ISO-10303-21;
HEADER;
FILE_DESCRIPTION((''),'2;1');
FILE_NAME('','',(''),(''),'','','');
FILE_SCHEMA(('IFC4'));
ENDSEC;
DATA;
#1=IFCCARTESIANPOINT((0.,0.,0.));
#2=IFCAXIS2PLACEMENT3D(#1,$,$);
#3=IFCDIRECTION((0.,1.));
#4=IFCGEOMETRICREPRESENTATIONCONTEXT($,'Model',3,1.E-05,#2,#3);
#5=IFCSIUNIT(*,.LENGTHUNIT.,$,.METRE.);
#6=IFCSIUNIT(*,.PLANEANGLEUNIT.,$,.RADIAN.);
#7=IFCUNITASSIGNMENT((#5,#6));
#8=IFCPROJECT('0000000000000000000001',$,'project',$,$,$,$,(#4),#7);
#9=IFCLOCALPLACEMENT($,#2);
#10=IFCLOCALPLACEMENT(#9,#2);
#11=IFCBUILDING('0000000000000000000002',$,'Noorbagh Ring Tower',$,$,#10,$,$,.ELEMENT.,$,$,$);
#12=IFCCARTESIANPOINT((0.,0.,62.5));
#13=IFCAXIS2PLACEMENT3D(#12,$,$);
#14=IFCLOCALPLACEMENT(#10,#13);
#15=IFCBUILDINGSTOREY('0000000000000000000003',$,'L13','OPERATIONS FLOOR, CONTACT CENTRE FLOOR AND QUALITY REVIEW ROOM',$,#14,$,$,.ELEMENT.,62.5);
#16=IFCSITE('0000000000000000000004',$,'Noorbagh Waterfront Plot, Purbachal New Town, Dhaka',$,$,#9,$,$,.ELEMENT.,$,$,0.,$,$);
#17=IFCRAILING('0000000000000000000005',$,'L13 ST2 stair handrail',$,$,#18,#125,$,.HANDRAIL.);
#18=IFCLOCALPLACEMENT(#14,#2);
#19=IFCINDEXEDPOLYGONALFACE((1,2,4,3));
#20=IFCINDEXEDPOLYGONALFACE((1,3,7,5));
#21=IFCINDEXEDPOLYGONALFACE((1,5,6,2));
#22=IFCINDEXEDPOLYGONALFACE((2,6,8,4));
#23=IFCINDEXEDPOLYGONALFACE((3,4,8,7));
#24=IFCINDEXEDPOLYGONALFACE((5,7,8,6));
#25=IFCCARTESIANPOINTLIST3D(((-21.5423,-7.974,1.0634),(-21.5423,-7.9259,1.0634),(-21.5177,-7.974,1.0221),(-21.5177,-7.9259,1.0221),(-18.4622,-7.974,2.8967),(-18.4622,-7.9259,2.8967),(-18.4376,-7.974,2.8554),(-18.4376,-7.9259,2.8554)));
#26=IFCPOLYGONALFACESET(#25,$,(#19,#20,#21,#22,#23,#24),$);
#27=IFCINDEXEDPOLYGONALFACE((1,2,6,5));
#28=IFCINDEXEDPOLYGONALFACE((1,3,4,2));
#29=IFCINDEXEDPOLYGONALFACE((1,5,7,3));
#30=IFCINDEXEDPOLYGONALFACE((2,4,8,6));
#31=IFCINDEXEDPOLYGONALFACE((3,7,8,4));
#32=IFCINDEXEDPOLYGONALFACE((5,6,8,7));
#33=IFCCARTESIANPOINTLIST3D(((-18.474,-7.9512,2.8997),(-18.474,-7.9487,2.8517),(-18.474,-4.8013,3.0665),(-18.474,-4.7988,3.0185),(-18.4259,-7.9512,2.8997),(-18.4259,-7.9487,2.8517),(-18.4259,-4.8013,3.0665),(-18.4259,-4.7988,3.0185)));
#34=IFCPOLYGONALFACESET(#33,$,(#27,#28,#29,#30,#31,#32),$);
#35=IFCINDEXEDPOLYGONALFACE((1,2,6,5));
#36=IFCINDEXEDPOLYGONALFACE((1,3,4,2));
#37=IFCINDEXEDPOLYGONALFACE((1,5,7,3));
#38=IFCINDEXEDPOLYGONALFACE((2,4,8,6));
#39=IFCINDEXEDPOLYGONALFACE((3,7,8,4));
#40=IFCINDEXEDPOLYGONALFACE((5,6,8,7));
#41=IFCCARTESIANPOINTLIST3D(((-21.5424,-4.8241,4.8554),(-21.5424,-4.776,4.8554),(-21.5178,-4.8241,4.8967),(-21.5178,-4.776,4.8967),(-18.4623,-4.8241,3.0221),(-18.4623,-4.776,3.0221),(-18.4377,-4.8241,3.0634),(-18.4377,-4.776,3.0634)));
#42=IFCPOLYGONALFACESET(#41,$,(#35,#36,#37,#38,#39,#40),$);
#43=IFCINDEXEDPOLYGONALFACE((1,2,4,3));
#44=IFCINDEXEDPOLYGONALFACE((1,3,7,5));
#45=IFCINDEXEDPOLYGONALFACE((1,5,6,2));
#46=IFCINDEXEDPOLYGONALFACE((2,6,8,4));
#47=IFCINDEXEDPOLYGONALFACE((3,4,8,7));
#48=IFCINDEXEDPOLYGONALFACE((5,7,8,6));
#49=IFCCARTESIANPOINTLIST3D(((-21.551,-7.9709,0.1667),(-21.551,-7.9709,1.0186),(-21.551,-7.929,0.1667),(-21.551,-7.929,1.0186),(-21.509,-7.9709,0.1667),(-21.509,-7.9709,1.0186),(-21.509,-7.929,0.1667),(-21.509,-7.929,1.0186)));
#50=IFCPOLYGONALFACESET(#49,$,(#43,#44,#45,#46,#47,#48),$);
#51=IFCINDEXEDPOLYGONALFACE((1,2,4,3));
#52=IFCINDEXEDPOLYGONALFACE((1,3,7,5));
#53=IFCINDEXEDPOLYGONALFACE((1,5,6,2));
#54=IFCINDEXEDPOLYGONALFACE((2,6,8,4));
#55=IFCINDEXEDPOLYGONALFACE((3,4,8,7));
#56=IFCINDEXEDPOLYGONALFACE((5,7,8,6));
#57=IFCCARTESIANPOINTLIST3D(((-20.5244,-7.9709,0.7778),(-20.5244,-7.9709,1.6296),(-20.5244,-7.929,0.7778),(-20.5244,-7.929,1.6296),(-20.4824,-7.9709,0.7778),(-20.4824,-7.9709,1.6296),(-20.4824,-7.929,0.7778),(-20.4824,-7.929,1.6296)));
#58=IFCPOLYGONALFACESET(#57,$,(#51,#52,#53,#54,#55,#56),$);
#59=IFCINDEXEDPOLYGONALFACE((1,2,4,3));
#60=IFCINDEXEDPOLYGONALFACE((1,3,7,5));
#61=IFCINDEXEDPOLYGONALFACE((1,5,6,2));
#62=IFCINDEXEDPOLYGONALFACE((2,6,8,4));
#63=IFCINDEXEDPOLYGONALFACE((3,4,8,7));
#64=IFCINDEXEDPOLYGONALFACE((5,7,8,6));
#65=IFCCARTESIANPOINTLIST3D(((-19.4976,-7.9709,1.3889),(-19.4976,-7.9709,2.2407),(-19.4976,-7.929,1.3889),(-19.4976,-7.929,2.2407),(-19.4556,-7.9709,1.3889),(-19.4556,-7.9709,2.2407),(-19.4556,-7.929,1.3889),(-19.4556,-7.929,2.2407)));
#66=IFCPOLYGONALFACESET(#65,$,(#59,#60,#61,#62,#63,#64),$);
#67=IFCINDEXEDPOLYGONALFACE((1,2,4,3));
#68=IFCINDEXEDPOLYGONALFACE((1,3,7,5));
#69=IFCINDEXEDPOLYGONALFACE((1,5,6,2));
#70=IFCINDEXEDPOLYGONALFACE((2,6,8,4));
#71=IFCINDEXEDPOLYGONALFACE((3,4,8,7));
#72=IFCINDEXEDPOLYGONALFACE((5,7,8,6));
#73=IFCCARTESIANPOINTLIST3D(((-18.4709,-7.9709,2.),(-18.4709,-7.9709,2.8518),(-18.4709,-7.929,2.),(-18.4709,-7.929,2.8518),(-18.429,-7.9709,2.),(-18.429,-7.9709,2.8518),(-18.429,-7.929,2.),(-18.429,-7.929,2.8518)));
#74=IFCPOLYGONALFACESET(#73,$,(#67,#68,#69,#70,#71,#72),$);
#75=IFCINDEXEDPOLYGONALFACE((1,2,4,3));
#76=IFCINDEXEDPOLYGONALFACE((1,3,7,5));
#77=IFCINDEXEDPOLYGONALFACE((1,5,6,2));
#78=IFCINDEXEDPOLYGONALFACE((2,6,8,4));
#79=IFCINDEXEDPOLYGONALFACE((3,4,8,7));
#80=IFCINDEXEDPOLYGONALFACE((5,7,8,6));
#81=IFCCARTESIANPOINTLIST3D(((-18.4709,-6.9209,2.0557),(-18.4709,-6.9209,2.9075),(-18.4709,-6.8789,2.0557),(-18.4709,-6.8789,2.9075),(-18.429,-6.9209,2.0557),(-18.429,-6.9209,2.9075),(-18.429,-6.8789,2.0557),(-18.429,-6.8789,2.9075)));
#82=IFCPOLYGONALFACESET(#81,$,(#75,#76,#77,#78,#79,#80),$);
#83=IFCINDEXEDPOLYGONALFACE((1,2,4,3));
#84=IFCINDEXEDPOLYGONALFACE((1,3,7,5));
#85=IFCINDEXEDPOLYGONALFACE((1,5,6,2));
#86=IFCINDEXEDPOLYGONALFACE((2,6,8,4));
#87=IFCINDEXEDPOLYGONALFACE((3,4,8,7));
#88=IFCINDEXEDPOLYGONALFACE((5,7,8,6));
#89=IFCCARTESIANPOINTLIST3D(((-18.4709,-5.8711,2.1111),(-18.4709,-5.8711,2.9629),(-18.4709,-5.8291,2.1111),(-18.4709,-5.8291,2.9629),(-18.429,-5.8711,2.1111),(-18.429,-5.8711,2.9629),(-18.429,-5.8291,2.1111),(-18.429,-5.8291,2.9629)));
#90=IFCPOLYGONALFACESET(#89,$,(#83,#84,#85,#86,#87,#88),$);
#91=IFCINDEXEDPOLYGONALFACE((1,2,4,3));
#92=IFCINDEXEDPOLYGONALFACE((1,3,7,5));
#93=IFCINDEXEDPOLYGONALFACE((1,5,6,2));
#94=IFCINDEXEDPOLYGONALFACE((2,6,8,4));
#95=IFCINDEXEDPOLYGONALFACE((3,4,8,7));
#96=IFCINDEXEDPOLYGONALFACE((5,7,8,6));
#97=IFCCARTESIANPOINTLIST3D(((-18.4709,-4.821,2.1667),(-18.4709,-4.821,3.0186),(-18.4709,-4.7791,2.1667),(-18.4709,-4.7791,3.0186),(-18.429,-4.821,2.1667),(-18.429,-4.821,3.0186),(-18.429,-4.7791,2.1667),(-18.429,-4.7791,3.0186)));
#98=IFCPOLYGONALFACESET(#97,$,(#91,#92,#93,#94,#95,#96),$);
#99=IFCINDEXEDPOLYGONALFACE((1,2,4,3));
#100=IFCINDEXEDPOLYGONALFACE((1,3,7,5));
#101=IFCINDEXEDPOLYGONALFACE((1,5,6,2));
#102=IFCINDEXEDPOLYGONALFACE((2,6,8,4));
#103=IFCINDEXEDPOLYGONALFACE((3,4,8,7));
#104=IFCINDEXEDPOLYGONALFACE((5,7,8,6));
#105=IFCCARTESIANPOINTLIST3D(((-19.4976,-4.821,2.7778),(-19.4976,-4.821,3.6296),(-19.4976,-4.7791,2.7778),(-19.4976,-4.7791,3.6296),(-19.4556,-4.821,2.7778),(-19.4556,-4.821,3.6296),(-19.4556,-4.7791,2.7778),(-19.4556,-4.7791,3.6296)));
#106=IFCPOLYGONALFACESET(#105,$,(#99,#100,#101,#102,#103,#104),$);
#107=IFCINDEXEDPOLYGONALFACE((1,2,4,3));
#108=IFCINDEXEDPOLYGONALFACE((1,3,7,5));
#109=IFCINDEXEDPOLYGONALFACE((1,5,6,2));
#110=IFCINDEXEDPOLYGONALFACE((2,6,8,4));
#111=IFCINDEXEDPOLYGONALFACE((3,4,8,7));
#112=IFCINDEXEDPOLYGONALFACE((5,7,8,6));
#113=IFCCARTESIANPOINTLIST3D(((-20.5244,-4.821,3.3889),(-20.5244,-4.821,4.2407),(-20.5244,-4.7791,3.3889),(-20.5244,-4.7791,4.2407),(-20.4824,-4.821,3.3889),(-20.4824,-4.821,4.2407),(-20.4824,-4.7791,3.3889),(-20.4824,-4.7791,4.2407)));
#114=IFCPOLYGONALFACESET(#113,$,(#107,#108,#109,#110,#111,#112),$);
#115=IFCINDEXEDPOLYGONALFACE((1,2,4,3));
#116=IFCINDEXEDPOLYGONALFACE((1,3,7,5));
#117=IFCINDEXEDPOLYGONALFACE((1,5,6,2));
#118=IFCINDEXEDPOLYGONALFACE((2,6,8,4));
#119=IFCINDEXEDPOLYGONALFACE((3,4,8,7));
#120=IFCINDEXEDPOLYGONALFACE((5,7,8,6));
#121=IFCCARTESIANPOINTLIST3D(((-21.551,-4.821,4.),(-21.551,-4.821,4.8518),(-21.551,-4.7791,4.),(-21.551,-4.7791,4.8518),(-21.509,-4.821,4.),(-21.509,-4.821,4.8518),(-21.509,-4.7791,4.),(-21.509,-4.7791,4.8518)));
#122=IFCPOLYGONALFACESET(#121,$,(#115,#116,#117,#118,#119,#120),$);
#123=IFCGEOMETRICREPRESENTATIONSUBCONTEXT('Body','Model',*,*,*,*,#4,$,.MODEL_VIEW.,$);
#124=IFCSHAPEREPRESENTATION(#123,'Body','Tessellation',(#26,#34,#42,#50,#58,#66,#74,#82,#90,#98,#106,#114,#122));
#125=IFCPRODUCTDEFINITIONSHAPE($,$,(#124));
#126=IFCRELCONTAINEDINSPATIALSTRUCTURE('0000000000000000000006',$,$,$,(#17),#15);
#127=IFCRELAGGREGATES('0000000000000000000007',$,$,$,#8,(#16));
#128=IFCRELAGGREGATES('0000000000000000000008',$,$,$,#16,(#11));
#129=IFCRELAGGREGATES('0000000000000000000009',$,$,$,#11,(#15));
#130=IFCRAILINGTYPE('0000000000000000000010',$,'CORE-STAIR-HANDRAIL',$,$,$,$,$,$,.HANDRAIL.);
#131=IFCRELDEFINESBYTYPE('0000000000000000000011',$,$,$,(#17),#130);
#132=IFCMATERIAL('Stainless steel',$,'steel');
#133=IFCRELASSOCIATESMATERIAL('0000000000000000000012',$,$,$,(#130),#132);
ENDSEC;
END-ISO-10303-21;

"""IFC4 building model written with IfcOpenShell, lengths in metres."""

from ifc_helpers import new_model, si_unit, direction, frame, origin, origin_2d, place, context, subcontext, project, spatial, rectangle, extrude, material, type_object, element, save


model = new_model("IFC4")

# Units and contexts
model_context = context("Model", 3, precision=1e-05, world=origin(), true_north=direction((0.0, 1.0)))
body_context = subcontext(model_context, "Body", "Model", "MODEL_VIEW")
ifc_project = project(units=[si_unit("LENGTHUNIT", "METRE"), si_unit("PLANEANGLEUNIT", "RADIAN")], contexts=[model_context])

# Site, building, storey
site_placement = place(None, origin())
site = spatial("IfcSite", under=ifc_project, at=site_placement, Name="Noorbagh Waterfront Plot, Purbachal New Town, Dhaka", CompositionType="ELEMENT", RefElevation=0.0)
building_placement = place(site_placement, origin())
building = spatial("IfcBuilding", under=site, at=building_placement, Name="Noorbagh Ring Tower", CompositionType="ELEMENT")
storey_placement = place(building_placement, frame((0.0, 0.0, 62.5)))
storey = spatial("IfcBuildingStorey", under=building, at=storey_placement, Name="L13", Description="OPERATIONS FLOOR, CONTACT CENTRE FLOOR AND QUALITY REVIEW ROOM", CompositionType="ELEMENT", Elevation=62.5)

# Railing
ifc_material_1 = material(Name="Stainless steel", Category="steel")
railing_type_1 = type_object("IfcRailingType", Name="CORE-STAIR-HANDRAIL", PredefinedType="HANDRAIL", material=ifc_material_1)
railing_1_placement = place(storey_placement, frame((-21.53, -7.95, 0.1667)))
element("IfcRailing", 1, at=railing_1_placement, inside=storey, type_object=railing_type_1, Name="L13 ST2 stair handrail", PredefinedType="HANDRAIL", context=body_context, shape_type="SweptSolid", body=[
    extrude(rectangle(XDim=0.0481, YDim=0.0481, at=origin_2d()), frame((0.0, 0.0, 0.876), z_axis=(0.859309, 0.0, 0.511458), x_axis=(0.0, 1.0, 0.0)), (0.0, 0.0, 1.0), 3.5845),
    extrude(rectangle(XDim=0.0481, YDim=0.0481, at=origin_2d()), frame((3.0801, 0.0, 2.709), z_axis=(0.0, 0.998602, 0.052864), x_axis=(-1.0, 0.0, 0.0)), (0.0, 0.0, 1.0), 3.1543),
    extrude(rectangle(XDim=0.0481, YDim=0.0481, at=origin_2d()), frame((3.0801, 3.1499, 2.876), z_axis=(-0.859309, 0.0, 0.511458), x_axis=(0.0, -1.0, 0.0)), (0.0, 0.0, 1.0), 3.5845),
    extrude(rectangle(XDim=0.042, YDim=0.042, at=origin_2d()), origin(), (0.0, 0.0, 1.0), 0.8518),
    extrude(rectangle(XDim=0.042, YDim=0.042, at=origin_2d()), frame((1.0266, 0.0, 0.6111)), (0.0, 0.0, 1.0), 0.8518),
    extrude(rectangle(XDim=0.042, YDim=0.042, at=origin_2d()), frame((2.0535, 0.0, 1.2222)), (0.0, 0.0, 1.0), 0.8518),
    extrude(rectangle(XDim=0.042, YDim=0.042, at=origin_2d()), frame((3.0801, 0.0, 1.8333)), (0.0, 0.0, 1.0), 0.8518),
    extrude(rectangle(XDim=0.042, YDim=0.042, at=origin_2d()), frame((3.0801, 1.05, 1.8889)), (0.0, 0.0, 1.0), 0.8518),
    extrude(rectangle(XDim=0.042, YDim=0.042, at=origin_2d()), frame((3.0801, 2.0999, 1.9443)), (0.0, 0.0, 1.0), 0.8518),
    extrude(rectangle(XDim=0.042, YDim=0.042, at=origin_2d()), frame((3.0801, 3.1499, 2.0)), (0.0, 0.0, 1.0), 0.8518),
    extrude(rectangle(XDim=0.042, YDim=0.042, at=origin_2d()), frame((2.0535, 3.1499, 2.6111)), (0.0, 0.0, 1.0), 0.8518),
    extrude(rectangle(XDim=0.042, YDim=0.042, at=origin_2d()), frame((1.0266, 3.1499, 3.2222)), (0.0, 0.0, 1.0), 0.8518),
    extrude(rectangle(XDim=0.042, YDim=0.042, at=origin_2d()), frame((0.0, 3.1499, 3.8333)), (0.0, 0.0, 1.0), 0.8518),
])

save(model, "model.ifc")
